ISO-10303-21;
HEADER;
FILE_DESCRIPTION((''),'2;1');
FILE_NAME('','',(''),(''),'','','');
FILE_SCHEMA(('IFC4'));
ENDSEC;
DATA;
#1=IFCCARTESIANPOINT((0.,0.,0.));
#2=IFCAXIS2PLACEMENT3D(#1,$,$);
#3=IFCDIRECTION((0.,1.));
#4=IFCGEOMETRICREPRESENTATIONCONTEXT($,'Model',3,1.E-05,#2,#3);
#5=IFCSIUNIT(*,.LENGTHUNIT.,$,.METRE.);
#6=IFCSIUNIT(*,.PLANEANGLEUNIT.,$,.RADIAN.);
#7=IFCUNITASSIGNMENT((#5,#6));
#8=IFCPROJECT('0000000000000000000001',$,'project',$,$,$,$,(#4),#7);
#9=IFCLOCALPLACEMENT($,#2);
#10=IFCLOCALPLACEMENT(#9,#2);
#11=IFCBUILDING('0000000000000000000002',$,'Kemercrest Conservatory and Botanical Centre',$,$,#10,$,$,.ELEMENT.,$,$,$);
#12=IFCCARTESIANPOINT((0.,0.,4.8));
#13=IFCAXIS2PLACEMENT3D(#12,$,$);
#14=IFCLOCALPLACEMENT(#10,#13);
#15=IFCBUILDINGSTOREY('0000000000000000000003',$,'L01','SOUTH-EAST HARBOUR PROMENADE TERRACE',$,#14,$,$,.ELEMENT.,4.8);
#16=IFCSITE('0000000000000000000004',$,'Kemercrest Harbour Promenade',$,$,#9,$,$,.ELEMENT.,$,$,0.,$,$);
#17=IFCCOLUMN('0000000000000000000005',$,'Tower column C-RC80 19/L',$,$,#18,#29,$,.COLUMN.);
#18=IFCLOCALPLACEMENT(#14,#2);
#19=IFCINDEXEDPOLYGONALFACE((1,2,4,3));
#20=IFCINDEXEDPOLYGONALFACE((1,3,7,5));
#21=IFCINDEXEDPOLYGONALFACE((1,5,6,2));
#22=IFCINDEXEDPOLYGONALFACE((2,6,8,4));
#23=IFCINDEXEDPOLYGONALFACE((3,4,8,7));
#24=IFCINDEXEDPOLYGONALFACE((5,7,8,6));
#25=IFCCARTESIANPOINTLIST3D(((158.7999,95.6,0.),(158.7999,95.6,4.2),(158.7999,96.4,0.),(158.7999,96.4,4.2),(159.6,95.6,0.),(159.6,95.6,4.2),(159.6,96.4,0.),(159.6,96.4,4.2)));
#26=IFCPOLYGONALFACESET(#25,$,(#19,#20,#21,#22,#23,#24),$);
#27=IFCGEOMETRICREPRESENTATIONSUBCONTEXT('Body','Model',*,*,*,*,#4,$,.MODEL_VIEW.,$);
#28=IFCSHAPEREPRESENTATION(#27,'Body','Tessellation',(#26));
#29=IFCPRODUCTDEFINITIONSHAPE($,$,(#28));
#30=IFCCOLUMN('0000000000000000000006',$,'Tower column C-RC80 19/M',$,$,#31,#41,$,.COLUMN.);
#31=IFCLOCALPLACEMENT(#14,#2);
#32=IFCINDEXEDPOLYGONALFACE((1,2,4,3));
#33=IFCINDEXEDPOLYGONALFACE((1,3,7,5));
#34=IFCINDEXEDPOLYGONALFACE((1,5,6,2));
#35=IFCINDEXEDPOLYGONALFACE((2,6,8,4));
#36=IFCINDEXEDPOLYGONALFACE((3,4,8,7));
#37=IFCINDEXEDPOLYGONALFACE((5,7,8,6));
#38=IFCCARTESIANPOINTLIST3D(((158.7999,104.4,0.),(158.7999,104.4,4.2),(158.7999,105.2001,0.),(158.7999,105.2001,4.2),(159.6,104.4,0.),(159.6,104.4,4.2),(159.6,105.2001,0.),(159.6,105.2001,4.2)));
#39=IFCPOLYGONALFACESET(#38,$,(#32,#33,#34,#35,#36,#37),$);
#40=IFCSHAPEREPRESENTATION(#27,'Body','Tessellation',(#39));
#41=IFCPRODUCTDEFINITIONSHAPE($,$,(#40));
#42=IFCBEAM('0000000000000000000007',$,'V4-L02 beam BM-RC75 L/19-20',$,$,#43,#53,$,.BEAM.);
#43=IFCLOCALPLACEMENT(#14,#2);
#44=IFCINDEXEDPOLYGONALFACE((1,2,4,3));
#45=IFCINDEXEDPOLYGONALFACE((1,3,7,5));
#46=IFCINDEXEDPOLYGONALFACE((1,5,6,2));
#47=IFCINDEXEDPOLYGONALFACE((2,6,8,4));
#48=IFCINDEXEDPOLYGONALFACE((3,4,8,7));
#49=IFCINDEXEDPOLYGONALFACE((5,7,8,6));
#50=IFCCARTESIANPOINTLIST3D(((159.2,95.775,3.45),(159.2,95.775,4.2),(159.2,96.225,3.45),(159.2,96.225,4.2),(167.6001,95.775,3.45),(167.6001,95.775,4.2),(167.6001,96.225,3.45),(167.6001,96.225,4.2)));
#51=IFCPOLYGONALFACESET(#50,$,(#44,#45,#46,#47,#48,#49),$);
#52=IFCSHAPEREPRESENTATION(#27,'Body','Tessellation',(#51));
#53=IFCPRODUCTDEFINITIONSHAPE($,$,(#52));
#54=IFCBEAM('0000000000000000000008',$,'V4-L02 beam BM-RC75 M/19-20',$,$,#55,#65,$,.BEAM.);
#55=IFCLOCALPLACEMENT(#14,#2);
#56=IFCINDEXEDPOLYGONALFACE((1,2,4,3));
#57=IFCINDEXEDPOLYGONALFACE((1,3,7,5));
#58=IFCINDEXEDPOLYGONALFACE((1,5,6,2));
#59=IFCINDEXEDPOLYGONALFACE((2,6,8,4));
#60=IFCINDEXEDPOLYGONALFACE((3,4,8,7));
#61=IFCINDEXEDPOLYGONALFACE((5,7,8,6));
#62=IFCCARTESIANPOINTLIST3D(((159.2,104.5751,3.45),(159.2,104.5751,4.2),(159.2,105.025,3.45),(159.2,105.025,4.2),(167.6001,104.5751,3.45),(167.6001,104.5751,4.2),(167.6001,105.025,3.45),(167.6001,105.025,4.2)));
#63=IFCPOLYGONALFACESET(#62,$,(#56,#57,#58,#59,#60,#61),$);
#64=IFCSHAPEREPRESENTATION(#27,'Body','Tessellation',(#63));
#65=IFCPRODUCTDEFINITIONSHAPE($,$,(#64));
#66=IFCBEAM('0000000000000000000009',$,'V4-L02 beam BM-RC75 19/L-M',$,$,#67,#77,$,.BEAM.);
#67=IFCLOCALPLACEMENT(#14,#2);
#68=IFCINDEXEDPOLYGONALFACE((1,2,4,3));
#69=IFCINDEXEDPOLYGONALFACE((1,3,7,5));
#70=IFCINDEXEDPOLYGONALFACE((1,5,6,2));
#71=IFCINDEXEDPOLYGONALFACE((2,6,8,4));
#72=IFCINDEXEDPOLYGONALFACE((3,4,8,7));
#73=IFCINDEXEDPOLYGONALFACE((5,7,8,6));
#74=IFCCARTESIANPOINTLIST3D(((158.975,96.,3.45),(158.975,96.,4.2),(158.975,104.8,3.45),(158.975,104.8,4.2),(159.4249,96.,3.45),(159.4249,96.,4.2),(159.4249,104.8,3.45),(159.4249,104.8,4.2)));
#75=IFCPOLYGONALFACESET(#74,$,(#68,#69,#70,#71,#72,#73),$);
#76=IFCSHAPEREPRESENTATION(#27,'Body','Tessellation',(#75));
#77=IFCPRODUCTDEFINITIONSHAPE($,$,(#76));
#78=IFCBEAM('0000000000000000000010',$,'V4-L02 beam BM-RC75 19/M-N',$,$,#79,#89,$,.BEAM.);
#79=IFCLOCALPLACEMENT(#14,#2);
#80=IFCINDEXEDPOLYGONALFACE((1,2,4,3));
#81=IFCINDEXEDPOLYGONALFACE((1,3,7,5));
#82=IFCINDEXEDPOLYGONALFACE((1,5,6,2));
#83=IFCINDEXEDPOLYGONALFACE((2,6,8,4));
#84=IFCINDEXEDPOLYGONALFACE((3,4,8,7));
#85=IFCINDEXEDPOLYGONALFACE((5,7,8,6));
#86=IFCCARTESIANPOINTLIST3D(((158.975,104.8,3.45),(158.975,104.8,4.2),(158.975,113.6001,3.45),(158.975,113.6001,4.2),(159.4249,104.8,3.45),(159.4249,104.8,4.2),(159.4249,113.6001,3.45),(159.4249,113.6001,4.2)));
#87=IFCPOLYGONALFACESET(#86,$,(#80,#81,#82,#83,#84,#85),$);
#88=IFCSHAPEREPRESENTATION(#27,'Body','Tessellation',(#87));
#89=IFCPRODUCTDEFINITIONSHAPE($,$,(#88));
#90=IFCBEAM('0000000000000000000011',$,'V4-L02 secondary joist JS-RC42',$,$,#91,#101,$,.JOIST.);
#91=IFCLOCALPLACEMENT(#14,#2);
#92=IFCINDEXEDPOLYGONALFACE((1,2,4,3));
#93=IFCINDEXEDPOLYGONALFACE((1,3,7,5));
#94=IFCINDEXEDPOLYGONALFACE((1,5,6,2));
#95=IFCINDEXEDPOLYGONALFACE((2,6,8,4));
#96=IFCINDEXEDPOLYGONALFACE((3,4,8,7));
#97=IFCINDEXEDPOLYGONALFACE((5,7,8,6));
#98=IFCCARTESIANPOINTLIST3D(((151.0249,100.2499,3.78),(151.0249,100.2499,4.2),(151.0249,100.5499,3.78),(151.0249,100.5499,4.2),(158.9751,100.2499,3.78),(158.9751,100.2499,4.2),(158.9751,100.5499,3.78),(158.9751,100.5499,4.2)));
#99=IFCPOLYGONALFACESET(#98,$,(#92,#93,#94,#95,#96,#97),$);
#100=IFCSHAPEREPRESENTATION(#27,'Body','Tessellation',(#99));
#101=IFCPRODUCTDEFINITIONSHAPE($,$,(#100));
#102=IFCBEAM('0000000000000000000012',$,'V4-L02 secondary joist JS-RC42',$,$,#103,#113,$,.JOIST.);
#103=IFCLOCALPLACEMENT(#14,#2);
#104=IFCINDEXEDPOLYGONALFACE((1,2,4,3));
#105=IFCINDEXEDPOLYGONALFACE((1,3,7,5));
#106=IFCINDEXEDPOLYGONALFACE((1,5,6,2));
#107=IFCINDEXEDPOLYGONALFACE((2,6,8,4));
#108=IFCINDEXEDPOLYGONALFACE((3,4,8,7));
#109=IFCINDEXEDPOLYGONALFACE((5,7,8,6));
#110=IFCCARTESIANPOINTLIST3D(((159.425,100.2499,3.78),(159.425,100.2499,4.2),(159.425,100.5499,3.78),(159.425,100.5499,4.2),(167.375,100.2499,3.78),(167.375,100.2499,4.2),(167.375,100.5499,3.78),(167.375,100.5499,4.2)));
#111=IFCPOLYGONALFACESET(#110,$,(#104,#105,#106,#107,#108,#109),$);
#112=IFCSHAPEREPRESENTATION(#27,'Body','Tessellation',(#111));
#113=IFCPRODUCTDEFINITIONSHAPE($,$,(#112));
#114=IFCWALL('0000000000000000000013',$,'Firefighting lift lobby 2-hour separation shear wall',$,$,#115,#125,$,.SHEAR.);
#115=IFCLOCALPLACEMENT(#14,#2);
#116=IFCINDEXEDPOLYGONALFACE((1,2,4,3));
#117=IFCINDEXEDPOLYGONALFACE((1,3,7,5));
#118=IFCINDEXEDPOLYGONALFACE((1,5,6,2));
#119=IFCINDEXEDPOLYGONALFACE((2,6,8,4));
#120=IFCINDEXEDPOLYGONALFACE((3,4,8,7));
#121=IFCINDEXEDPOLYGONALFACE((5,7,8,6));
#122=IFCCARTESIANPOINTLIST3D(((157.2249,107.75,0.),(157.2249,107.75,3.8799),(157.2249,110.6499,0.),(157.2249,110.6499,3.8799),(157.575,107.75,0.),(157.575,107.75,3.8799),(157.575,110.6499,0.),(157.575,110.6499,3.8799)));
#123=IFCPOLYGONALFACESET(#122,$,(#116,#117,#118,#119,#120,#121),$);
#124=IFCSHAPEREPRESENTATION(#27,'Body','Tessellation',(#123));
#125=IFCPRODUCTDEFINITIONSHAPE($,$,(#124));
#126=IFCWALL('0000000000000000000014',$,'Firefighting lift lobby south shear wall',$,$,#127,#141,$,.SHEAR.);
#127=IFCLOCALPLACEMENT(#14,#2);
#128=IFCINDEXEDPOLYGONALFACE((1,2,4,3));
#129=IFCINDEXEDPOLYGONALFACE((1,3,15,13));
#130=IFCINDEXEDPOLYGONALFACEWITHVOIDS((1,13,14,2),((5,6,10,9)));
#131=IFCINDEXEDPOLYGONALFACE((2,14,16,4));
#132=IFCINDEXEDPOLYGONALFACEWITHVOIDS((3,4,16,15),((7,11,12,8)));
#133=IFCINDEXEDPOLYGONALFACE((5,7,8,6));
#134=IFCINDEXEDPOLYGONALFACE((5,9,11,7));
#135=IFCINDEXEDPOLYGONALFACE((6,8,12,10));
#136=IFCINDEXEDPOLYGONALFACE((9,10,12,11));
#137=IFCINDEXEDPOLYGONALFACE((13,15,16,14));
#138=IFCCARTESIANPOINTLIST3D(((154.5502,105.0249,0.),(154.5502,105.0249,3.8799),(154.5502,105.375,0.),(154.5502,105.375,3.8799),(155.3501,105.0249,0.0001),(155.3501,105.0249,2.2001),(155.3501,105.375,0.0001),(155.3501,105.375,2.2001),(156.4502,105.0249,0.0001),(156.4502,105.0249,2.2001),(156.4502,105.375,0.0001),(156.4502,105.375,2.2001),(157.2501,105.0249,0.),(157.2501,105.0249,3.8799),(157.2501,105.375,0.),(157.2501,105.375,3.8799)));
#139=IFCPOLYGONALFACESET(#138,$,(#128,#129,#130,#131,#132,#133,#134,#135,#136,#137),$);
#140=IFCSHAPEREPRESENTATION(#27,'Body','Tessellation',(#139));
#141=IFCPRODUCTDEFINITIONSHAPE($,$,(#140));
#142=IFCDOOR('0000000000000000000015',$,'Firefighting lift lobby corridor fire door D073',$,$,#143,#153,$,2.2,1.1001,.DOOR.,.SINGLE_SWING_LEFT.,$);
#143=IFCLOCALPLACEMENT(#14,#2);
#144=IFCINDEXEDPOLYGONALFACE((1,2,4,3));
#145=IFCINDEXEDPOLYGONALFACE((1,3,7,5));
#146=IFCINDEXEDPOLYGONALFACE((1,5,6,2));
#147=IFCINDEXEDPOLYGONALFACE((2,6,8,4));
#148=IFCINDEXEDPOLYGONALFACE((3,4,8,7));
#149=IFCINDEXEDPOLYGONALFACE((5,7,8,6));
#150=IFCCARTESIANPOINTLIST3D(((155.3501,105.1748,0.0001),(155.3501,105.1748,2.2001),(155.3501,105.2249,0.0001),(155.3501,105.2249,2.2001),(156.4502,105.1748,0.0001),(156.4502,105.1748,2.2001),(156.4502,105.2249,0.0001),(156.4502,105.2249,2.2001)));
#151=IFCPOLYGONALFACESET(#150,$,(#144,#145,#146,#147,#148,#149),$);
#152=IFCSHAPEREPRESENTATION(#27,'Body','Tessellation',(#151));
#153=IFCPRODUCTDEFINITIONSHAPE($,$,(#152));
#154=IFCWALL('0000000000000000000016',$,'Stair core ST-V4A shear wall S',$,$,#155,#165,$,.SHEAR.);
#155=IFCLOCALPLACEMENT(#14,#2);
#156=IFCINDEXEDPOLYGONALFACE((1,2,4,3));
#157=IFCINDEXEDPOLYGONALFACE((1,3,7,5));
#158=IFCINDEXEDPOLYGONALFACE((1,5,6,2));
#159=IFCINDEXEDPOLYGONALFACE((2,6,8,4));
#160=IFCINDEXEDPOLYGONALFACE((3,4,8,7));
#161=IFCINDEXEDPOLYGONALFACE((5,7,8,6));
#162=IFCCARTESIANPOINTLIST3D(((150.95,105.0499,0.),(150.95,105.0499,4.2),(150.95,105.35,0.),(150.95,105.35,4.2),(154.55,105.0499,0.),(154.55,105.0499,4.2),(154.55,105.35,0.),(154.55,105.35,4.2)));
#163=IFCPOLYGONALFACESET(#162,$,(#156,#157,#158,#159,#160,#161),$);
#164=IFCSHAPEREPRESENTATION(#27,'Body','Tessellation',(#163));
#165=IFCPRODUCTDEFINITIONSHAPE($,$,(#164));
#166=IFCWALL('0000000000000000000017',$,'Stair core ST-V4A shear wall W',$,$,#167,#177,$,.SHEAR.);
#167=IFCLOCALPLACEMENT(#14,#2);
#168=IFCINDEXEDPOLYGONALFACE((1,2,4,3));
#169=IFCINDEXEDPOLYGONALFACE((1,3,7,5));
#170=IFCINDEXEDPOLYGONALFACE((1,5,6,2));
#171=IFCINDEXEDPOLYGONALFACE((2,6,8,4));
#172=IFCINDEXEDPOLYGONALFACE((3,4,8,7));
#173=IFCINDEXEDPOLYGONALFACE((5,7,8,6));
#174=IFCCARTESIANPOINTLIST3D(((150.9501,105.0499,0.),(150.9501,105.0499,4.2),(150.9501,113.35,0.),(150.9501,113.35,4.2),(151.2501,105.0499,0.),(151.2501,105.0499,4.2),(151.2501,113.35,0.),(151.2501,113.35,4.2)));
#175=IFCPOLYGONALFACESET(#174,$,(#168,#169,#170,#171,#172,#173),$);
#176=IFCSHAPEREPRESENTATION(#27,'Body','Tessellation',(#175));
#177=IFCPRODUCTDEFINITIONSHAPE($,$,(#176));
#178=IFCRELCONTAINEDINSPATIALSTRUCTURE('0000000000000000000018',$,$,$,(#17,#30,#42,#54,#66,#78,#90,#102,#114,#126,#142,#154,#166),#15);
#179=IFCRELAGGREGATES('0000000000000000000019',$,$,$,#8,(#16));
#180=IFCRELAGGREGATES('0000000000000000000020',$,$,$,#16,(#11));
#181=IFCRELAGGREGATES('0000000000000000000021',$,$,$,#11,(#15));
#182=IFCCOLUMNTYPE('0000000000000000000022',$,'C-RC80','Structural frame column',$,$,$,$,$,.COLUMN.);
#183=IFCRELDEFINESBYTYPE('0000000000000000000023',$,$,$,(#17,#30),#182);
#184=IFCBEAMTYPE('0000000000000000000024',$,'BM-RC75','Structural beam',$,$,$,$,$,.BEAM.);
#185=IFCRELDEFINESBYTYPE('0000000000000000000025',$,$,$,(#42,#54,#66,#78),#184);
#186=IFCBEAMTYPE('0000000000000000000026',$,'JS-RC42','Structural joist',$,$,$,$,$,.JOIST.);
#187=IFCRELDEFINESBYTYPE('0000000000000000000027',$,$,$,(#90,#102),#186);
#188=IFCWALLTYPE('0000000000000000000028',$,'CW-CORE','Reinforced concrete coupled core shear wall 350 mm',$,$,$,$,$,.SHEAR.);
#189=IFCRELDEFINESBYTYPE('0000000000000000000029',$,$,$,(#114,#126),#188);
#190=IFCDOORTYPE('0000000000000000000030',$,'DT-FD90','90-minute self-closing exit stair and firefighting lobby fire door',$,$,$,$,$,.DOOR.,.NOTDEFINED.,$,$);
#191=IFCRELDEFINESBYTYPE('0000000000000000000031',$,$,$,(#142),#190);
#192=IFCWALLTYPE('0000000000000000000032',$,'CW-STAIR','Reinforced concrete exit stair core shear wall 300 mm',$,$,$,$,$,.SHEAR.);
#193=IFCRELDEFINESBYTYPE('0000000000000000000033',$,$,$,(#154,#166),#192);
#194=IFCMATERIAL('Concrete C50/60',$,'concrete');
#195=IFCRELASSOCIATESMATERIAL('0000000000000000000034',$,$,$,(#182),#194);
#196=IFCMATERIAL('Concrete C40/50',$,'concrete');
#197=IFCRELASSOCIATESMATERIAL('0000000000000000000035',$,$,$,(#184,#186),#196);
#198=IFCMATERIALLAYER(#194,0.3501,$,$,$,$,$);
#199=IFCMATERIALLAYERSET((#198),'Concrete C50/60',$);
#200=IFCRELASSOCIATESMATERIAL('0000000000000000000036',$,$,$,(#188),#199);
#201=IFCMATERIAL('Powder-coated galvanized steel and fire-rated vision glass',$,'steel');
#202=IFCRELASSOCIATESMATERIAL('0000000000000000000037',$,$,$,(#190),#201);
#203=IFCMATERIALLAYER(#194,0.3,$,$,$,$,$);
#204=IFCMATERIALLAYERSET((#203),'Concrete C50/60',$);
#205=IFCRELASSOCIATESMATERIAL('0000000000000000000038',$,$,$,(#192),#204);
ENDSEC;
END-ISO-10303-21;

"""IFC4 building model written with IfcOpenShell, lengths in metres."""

from ifc_helpers import new_model, si_unit, direction, frame, frame_2d, origin, origin_2d, place, context, subcontext, project, spatial, rectangle, extrude, material, layer, layer_set, material_profile, profile_set, type_object, element, fill, save


model = new_model("IFC4")

# Units and contexts
model_context = context("Model", 3, precision=1e-05, world=origin(), true_north=direction((0.0, 1.0)))
body_context = subcontext(model_context, "Body", "Model", "MODEL_VIEW")
ifc_project = project(units=[si_unit("LENGTHUNIT", "METRE"), si_unit("PLANEANGLEUNIT", "RADIAN")], contexts=[model_context])

# Site, building, storey
site_placement = place(None, origin())
site = spatial("IfcSite", under=ifc_project, at=site_placement, Name="Kemercrest Harbour Promenade", CompositionType="ELEMENT", RefElevation=0.0)
building_placement = place(site_placement, origin())
building = spatial("IfcBuilding", under=site, at=building_placement, Name="Kemercrest Conservatory and Botanical Centre", CompositionType="ELEMENT")
storey_placement = place(building_placement, frame((0.0, 0.0, 4.8)))
storey = spatial("IfcBuildingStorey", under=building, at=storey_placement, Name="L01", Description="SOUTH-EAST HARBOUR PROMENADE TERRACE", CompositionType="ELEMENT", Elevation=4.8)

# Columns
ifc_material_1 = material(Name="Concrete C50/60", Category="concrete")
ifc_material_profile_1 = material_profile(ifc_material_1, rectangle(XDim=0.8, YDim=0.8, at=origin_2d()), Name="RC 800x800")
ifc_profile_set_1 = profile_set([ifc_material_profile_1], Name="Concrete C50/60")
column_type = type_object("IfcColumnType", Name="C-RC80", Description="Structural frame column", PredefinedType="COLUMN", material=ifc_profile_set_1)
for number, where, z_axis, x_axis, name in (
    (1, (159.2, 96.0, 0.0), (0.0, 0.0, 1.0), (1.0, 0.0, 0.0), "Tower column C-RC80 19/L"),
    (2, (159.2, 104.8, 0.0), (0.0, 0.0, 1.0), (1.0, 0.0, 0.0), "Tower column C-RC80 19/M"),
):
    element("IfcColumn", number, at=place(storey_placement, frame(where, z_axis=z_axis, x_axis=x_axis)), inside=storey, type_object=column_type, Name=name, PredefinedType="COLUMN", context=body_context, shape_type="SweptSolid", body=[
        extrude(rectangle(XDim=0.8, YDim=0.8, at=origin_2d()), origin(), (0.0, 0.0, 1.0), 4.2),
    ])

# Beams
ifc_material_2 = material(Name="Concrete C40/50", Category="concrete")
ifc_material_profile_2 = material_profile(ifc_material_2, rectangle(XDim=0.45, YDim=0.75, at=origin_2d()), Name="RC 450x750")
ifc_profile_set_2 = profile_set([ifc_material_profile_2], Name="Concrete C40/50")
beam_type_1 = type_object("IfcBeamType", Name="BM-RC75", Description="Structural beam", PredefinedType="BEAM", material=ifc_profile_set_2)
for number, where, z_axis, x_axis, name in (
    (3, (159.2, 96.0, 3.825), (1.0, 0.0, 0.0), (0.0, 1.0, 0.0), "V4-L02 beam BM-RC75 L/19-20"),
    (4, (159.2, 104.8, 3.825), (1.0, 0.0, 0.0), (0.0, 1.0, 0.0), "V4-L02 beam BM-RC75 M/19-20"),
):
    element("IfcBeam", number, at=place(storey_placement, frame(where, z_axis=z_axis, x_axis=x_axis)), inside=storey, type_object=beam_type_1, Name=name, PredefinedType="BEAM", context=body_context, shape_type="SweptSolid", body=[
        extrude(rectangle(XDim=0.45, YDim=0.75, at=origin_2d()), origin(), (0.0, 0.0, 1.0), 8.4001),
    ])
for number, where, z_axis, x_axis, name in (
    (5, (159.2, 96.0, 3.825), (0.0, 1.0, 0.0), (-1.0, 0.0, 0.0), "V4-L02 beam BM-RC75 19/L-M"),
    (6, (159.2, 104.8, 3.825), (0.0, 1.0, 0.0), (-1.0, 0.0, 0.0), "V4-L02 beam BM-RC75 19/M-N"),
):
    element("IfcBeam", number, at=place(storey_placement, frame(where, z_axis=z_axis, x_axis=x_axis)), inside=storey, type_object=beam_type_1, Name=name, PredefinedType="BEAM", context=body_context, shape_type="SweptSolid", body=[
        extrude(rectangle(XDim=0.45, YDim=0.75, at=origin_2d()), origin(), (0.0, 0.0, 1.0), 8.8),
    ])
ifc_material_profile_3 = material_profile(ifc_material_2, rectangle(XDim=0.3, YDim=0.4199, at=origin_2d()), Name="RC 300x420")
ifc_profile_set_3 = profile_set([ifc_material_profile_3], Name="Concrete C40/50")
beam_type_2 = type_object("IfcBeamType", Name="JS-RC42", Description="Structural joist", PredefinedType="JOIST", material=ifc_profile_set_3)
beam_1_placement = place(storey_placement, frame((151.0249, 100.3999, 3.99), z_axis=(1.0, 0.0, 0.0), x_axis=(0.0, 1.0, 0.0)))
element("IfcBeam", 7, at=beam_1_placement, inside=storey, type_object=beam_type_2, Name="V4-L02 secondary joist JS-RC42", PredefinedType="JOIST", context=body_context, shape_type="SweptSolid", body=[
    extrude(rectangle(XDim=0.3, YDim=0.4199, at=origin_2d()), origin(), (0.0, 0.0, 1.0), 7.9502),
])
beam_2_placement = place(storey_placement, frame((159.425, 100.3999, 3.99), z_axis=(1.0, 0.0, 0.0), x_axis=(0.0, 1.0, 0.0)))
element("IfcBeam", 8, at=beam_2_placement, inside=storey, type_object=beam_type_2, Name="V4-L02 secondary joist JS-RC42", PredefinedType="JOIST", context=body_context, shape_type="SweptSolid", body=[
    extrude(rectangle(XDim=0.3, YDim=0.4199, at=origin_2d()), origin(), (0.0, 0.0, 1.0), 7.95),
])

# Wall
ifc_layer_1 = layer(ifc_material_1, 0.3501)
ifc_layer_set_1 = layer_set([ifc_layer_1], Name="Concrete C50/60")
wall_type_1 = type_object("IfcWallType", Name="CW-CORE", Description="Reinforced concrete coupled core shear wall 350 mm", PredefinedType="SHEAR", material=ifc_layer_set_1)
wall_1_placement = place(storey_placement, frame((157.3999, 107.75, 0.0), z_axis=(0.0, 0.0, 1.0), x_axis=(0.0, 1.0, 0.0)))
element("IfcWall", 9, at=wall_1_placement, inside=storey, type_object=wall_type_1, Name="Firefighting lift lobby 2-hour separation shear wall", PredefinedType="SHEAR", context=body_context, shape_type="SweptSolid", body=[
    extrude(rectangle(XDim=2.8999, YDim=0.3501, at=frame_2d((1.45, 0.0))), origin(), (0.0, 0.0, 1.0), 3.8799),
])

# Wall, opening, door
wall_2_placement = place(storey_placement, frame((154.55, 105.2, 0.0), z_axis=(0.0, 0.0, 1.0), x_axis=(1.0, 0.0, 0.0)))
wall_2 = element("IfcWall", 10, at=wall_2_placement, inside=storey, type_object=wall_type_1, Name="Firefighting lift lobby south shear wall", PredefinedType="SHEAR", context=body_context, shape_type="SweptSolid", body=[
    extrude(rectangle(XDim=2.7, YDim=0.3501, at=frame_2d((1.3501, 0.0))), origin(), (0.0, 0.0, 1.0), 3.8799),
])
opening_1_placement = place(wall_2_placement, frame((0.8, 0.0, 0.0)))
opening_1 = element("IfcOpeningElement", 11, at=opening_1_placement, cuts=wall_2, PredefinedType="OPENING", context=body_context, shape_type="SweptSolid", body=[
    extrude(rectangle(XDim=1.1001, YDim=2.2, at=frame_2d((0.55, 1.1001))), frame((0.0, 0.1851, 0.0), z_axis=(0.0, -1.0, 0.0), x_axis=(1.0, 0.0, 0.0)), (0.0, 0.0, 1.0), 0.3701),
])
ifc_material_3 = material(Name="Powder-coated galvanized steel and fire-rated vision glass", Category="steel")
door_type_1 = type_object("IfcDoorType", Name="DT-FD90", Description="90-minute self-closing exit stair and firefighting lobby fire door", OperationType="NOTDEFINED", PredefinedType="DOOR", material=ifc_material_3)
door_1_placement = place(opening_1_placement, origin())
door_1 = element("IfcDoor", 12, at=door_1_placement, inside=storey, type_object=door_type_1, Name="Firefighting lift lobby corridor fire door D073", OperationType="SINGLE_SWING_LEFT", OverallHeight=2.2, OverallWidth=1.1001, PredefinedType="DOOR", context=body_context, shape_type="SweptSolid", body=[
    extrude(rectangle(XDim=1.1001, YDim=2.2, at=frame_2d((0.55, 1.1001))), frame((0.0, 0.0249, 0.0), z_axis=(0.0, -1.0, 0.0), x_axis=(1.0, 0.0, 0.0)), (0.0, 0.0, 1.0), 0.05),
])
fill(opening_1, door_1)

# Walls
ifc_layer_2 = layer(ifc_material_1, 0.3)
ifc_layer_set_2 = layer_set([ifc_layer_2], Name="Concrete C50/60")
wall_type_2 = type_object("IfcWallType", Name="CW-STAIR", Description="Reinforced concrete exit stair core shear wall 300 mm", PredefinedType="SHEAR", material=ifc_layer_set_2)
wall_3_placement = place(storey_placement, frame((150.95, 105.2, 0.0), z_axis=(0.0, 0.0, 1.0), x_axis=(1.0, 0.0, 0.0)))
element("IfcWall", 13, at=wall_3_placement, inside=storey, type_object=wall_type_2, Name="Stair core ST-V4A shear wall S", PredefinedType="SHEAR", context=body_context, shape_type="SweptSolid", body=[
    extrude(rectangle(XDim=3.6001, YDim=0.3, at=frame_2d((1.8, 0.0))), origin(), (0.0, 0.0, 1.0), 4.2),
])
wall_4_placement = place(storey_placement, frame((151.1001, 105.05, 0.0), z_axis=(0.0, 0.0, 1.0), x_axis=(0.0, 1.0, 0.0)))
element("IfcWall", 14, at=wall_4_placement, inside=storey, type_object=wall_type_2, Name="Stair core ST-V4A shear wall W", PredefinedType="SHEAR", context=body_context, shape_type="SweptSolid", body=[
    extrude(rectangle(XDim=8.3, YDim=0.3, at=frame_2d((4.1499, 0.0))), origin(), (0.0, 0.0, 1.0), 4.2),
])

save(model, "model.ifc")
